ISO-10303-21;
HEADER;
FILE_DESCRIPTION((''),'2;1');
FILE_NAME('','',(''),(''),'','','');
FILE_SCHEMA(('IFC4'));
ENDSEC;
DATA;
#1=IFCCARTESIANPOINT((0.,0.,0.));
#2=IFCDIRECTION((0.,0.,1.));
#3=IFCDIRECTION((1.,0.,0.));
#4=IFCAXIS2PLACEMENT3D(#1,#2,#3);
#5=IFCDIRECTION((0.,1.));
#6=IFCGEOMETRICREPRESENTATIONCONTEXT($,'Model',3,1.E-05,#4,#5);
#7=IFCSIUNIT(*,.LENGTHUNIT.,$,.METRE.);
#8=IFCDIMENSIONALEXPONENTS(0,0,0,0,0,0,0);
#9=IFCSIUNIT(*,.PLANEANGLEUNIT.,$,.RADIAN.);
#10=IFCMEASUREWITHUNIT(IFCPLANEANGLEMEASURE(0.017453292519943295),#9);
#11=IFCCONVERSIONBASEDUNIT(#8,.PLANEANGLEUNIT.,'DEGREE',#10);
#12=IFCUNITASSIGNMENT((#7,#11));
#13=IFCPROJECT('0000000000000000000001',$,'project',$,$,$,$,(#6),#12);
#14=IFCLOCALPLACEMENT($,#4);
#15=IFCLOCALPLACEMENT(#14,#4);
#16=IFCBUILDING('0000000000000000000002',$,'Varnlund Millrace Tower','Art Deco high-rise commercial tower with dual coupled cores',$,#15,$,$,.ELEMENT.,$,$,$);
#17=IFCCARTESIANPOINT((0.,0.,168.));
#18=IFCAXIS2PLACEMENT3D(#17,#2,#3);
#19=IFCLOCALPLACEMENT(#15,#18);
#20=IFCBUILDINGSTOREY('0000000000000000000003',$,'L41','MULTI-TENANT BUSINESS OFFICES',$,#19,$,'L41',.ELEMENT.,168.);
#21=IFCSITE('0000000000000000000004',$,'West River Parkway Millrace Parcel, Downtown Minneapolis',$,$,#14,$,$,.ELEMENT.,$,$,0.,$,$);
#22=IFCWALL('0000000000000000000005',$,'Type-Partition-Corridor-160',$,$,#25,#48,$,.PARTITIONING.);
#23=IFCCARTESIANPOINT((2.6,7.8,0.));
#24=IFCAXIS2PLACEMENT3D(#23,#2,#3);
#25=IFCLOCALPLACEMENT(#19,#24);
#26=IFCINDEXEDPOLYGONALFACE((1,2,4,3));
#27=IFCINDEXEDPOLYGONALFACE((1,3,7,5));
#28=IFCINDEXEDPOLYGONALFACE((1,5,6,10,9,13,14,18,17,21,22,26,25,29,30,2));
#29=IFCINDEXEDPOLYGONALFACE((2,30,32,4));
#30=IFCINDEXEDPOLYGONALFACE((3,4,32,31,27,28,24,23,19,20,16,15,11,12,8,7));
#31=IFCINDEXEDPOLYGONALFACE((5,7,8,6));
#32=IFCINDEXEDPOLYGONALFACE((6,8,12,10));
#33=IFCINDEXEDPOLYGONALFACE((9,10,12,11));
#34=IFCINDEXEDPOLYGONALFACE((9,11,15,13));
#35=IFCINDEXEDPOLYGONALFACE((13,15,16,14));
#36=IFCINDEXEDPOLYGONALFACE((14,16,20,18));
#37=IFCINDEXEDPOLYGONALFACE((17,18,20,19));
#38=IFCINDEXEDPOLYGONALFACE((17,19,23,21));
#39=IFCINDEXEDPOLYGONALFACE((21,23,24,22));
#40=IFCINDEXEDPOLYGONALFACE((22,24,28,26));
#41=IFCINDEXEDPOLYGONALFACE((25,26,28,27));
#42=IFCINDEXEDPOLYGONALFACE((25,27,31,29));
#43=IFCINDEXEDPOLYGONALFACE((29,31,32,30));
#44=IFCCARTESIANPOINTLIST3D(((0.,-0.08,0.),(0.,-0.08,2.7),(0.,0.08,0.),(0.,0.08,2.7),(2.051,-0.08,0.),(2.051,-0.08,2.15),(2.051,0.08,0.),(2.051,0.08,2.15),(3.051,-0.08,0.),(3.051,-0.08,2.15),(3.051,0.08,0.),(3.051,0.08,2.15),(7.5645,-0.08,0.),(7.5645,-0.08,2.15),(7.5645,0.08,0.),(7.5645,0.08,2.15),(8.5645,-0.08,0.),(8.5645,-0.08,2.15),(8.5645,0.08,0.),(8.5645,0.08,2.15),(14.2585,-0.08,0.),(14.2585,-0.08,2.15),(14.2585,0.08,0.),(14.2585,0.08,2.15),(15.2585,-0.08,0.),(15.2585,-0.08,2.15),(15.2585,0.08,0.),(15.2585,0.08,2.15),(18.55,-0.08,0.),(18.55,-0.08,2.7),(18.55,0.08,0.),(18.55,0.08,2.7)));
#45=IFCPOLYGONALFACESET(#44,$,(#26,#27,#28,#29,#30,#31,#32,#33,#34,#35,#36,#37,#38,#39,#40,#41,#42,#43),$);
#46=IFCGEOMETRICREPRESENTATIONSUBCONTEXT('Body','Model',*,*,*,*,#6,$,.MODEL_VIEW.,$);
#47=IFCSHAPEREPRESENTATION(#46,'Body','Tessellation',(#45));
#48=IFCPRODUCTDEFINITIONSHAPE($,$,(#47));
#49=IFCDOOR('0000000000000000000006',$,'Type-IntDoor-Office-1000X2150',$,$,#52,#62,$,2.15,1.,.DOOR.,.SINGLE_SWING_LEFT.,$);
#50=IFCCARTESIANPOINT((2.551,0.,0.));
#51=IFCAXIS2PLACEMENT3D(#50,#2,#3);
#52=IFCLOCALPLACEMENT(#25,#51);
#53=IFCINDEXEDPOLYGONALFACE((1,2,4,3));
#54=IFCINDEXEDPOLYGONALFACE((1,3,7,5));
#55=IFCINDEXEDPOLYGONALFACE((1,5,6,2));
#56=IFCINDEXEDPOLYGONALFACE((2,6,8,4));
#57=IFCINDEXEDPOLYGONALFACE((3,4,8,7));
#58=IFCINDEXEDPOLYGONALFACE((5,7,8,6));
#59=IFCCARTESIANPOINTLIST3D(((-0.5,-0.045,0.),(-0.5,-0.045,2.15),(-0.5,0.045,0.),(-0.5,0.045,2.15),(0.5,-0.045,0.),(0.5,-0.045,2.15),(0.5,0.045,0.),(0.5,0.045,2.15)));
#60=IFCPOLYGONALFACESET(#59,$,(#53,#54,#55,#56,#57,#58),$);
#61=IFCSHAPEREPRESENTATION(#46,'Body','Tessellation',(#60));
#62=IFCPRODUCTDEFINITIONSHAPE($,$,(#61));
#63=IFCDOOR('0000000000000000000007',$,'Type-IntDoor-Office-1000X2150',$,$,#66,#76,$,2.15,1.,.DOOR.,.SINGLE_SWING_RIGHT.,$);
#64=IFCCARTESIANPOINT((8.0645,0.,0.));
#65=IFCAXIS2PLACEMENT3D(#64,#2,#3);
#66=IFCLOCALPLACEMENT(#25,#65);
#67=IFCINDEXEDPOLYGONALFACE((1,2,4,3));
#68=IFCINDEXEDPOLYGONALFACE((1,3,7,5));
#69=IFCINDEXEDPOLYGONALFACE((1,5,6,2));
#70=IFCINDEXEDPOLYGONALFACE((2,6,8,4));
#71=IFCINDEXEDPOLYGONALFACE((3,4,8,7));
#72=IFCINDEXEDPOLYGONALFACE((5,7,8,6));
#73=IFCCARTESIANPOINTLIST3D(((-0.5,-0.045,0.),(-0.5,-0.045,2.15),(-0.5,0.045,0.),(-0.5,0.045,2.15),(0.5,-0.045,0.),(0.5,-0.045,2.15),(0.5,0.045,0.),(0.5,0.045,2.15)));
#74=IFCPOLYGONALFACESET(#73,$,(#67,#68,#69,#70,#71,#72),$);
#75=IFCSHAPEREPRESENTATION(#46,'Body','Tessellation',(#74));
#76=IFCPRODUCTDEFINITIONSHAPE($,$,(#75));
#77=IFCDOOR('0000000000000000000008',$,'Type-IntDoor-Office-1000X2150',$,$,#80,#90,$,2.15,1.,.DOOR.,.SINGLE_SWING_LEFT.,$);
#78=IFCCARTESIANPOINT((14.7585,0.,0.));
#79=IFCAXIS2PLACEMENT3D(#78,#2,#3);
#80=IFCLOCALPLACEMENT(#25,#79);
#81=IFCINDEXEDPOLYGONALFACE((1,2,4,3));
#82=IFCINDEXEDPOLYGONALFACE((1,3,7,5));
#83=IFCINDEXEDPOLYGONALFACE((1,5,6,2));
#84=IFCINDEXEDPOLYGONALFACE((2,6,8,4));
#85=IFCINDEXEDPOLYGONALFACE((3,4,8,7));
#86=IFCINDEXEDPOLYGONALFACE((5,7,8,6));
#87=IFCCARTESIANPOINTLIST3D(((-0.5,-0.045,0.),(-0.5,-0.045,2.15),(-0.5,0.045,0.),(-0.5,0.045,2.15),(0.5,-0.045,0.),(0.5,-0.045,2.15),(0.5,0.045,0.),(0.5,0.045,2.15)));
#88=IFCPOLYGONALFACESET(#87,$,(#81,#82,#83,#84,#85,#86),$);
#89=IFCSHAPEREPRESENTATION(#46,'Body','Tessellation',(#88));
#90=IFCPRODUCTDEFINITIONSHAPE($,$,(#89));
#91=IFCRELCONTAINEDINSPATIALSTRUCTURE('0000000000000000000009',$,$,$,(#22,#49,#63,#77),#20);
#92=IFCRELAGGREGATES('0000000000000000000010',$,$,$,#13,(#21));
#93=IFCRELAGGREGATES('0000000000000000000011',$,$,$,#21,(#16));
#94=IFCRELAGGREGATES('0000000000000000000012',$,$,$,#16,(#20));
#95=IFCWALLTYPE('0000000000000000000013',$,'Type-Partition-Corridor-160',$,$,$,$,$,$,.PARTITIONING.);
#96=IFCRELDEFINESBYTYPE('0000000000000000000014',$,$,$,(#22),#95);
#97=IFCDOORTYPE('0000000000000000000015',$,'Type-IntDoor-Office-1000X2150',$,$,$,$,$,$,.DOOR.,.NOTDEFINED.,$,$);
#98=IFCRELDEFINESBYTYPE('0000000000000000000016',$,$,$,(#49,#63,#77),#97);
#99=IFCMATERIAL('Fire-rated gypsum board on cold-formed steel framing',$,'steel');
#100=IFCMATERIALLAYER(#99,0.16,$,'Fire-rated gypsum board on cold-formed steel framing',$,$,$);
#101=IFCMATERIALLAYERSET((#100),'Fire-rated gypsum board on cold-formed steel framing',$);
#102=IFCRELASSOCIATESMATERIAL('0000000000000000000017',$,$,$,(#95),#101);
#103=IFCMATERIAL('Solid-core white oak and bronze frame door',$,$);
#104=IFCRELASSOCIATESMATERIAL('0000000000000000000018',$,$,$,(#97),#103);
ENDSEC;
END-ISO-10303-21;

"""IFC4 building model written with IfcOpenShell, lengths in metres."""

from ifc_helpers import new_model, entity, si_unit, converted_unit, direction, frame, origin_with_axes, origin_2d_with_axis, place, context, subcontext, project, spatial, polyline, rectangle, outline, extrude, material, layer, layer_set, type_object, element, fill, save


model = new_model("IFC4")

# Units and contexts
model_context = context("Model", 3, precision=1e-05, world=origin_with_axes(), true_north=direction((0.0, 1.0)))
body_context = subcontext(model_context, "Body", "Model", "MODEL_VIEW")
ifc_project = project(units=[si_unit("LENGTHUNIT", "METRE"), converted_unit("PLANEANGLEUNIT", "DEGREE", entity("IfcPlaneAngleMeasure", 0.017453292519943295), si_unit("PLANEANGLEUNIT", "RADIAN"), dimensions=[0, 0, 0, 0, 0, 0, 0])], contexts=[model_context])

# Site, building, storey
site_placement = place(None, origin_with_axes())
site = spatial("IfcSite", under=ifc_project, at=site_placement, Name="West River Parkway Millrace Parcel, Downtown Minneapolis", CompositionType="ELEMENT", RefElevation=0.0)
building_placement = place(site_placement, origin_with_axes())
building = spatial("IfcBuilding", under=site, at=building_placement, Name="Varnlund Millrace Tower", Description="Art Deco high-rise commercial tower with dual coupled cores", CompositionType="ELEMENT")
storey_placement = place(building_placement, frame((0.0, 0.0, 168.0), z_axis=(0.0, 0.0, 1.0), x_axis=(1.0, 0.0, 0.0)))
storey = spatial("IfcBuildingStorey", under=building, at=storey_placement, Name="L41", Description="MULTI-TENANT BUSINESS OFFICES", LongName="L41", CompositionType="ELEMENT", Elevation=168.0)

# Wall, openings, doors
ifc_material_1 = material(Name="Fire-rated gypsum board on cold-formed steel framing", Category="steel")
ifc_layer_1 = layer(ifc_material_1, 0.16, Name="Fire-rated gypsum board on cold-formed steel framing")
ifc_layer_set_1 = layer_set([ifc_layer_1], Name="Fire-rated gypsum board on cold-formed steel framing")
wall_type_1 = type_object("IfcWallType", Name="Type-Partition-Corridor-160", PredefinedType="PARTITIONING", material=ifc_layer_set_1)
wall_1_placement = place(storey_placement, frame((2.6, 7.8, 0.0), z_axis=(0.0, 0.0, 1.0), x_axis=(1.0, 0.0, 0.0)))
wall_1 = element("IfcWall", 1, at=wall_1_placement, inside=storey, type_object=wall_type_1, Name="Type-Partition-Corridor-160", PredefinedType="PARTITIONING", context=body_context, shape_type="SweptSolid", body=[
    extrude(outline(polyline([(0.0, -0.08), (18.55, -0.08), (18.55, 0.08), (0.0, 0.08), (0.0, -0.08)])), origin_with_axes(), (0.0, 0.0, 1.0), 2.7),
])
opening_1_placement = place(wall_1_placement, frame((2.551, 0.0, 0.0), z_axis=(0.0, 0.0, 1.0), x_axis=(1.0, 0.0, 0.0)))
opening_1 = element("IfcOpeningElement", 2, at=opening_1_placement, cuts=wall_1, PredefinedType="OPENING", context=body_context, shape_type="SweptSolid", body=[
    extrude(rectangle(XDim=1.0, YDim=0.18, at=origin_2d_with_axis()), origin_with_axes(), (0.0, 0.0, 1.0), 2.15),
])
opening_2_placement = place(wall_1_placement, frame((8.0645, 0.0, 0.0), z_axis=(0.0, 0.0, 1.0), x_axis=(1.0, 0.0, 0.0)))
opening_2 = element("IfcOpeningElement", 3, at=opening_2_placement, cuts=wall_1, PredefinedType="OPENING", context=body_context, shape_type="SweptSolid", body=[
    extrude(rectangle(XDim=1.0, YDim=0.18, at=origin_2d_with_axis()), origin_with_axes(), (0.0, 0.0, 1.0), 2.15),
])
opening_3_placement = place(wall_1_placement, frame((14.7585, 0.0, 0.0), z_axis=(0.0, 0.0, 1.0), x_axis=(1.0, 0.0, 0.0)))
opening_3 = element("IfcOpeningElement", 4, at=opening_3_placement, cuts=wall_1, PredefinedType="OPENING", context=body_context, shape_type="SweptSolid", body=[
    extrude(rectangle(XDim=1.0, YDim=0.18, at=origin_2d_with_axis()), origin_with_axes(), (0.0, 0.0, 1.0), 2.15),
])
ifc_material_2 = material(Name="Solid-core white oak and bronze frame door")
door_type_1 = type_object("IfcDoorType", Name="Type-IntDoor-Office-1000X2150", OperationType="NOTDEFINED", PredefinedType="DOOR", material=ifc_material_2)
door_1_placement = place(wall_1_placement, frame((2.551, 0.0, 0.0), z_axis=(0.0, 0.0, 1.0), x_axis=(1.0, 0.0, 0.0)))
door_1 = element("IfcDoor", 5, at=door_1_placement, inside=storey, type_object=door_type_1, Name="Type-IntDoor-Office-1000X2150", OperationType="SINGLE_SWING_LEFT", OverallHeight=2.15, OverallWidth=1.0, PredefinedType="DOOR", context=body_context, shape_type="SweptSolid", body=[
    extrude(rectangle(XDim=1.0, YDim=0.09, at=origin_2d_with_axis()), origin_with_axes(), (0.0, 0.0, 1.0), 2.15),
])
fill(opening_1, door_1)
door_2_placement = place(wall_1_placement, frame((8.0645, 0.0, 0.0), z_axis=(0.0, 0.0, 1.0), x_axis=(1.0, 0.0, 0.0)))
door_2 = element("IfcDoor", 6, at=door_2_placement, inside=storey, type_object=door_type_1, Name="Type-IntDoor-Office-1000X2150", OperationType="SINGLE_SWING_RIGHT", OverallHeight=2.15, OverallWidth=1.0, PredefinedType="DOOR", context=body_context, shape_type="SweptSolid", body=[
    extrude(rectangle(XDim=1.0, YDim=0.09, at=origin_2d_with_axis()), origin_with_axes(), (0.0, 0.0, 1.0), 2.15),
])
fill(opening_2, door_2)
door_3_placement = place(wall_1_placement, frame((14.7585, 0.0, 0.0), z_axis=(0.0, 0.0, 1.0), x_axis=(1.0, 0.0, 0.0)))
door_3 = element("IfcDoor", 7, at=door_3_placement, inside=storey, type_object=door_type_1, Name="Type-IntDoor-Office-1000X2150", OperationType="SINGLE_SWING_LEFT", OverallHeight=2.15, OverallWidth=1.0, PredefinedType="DOOR", context=body_context, shape_type="SweptSolid", body=[
    extrude(rectangle(XDim=1.0, YDim=0.09, at=origin_2d_with_axis()), origin_with_axes(), (0.0, 0.0, 1.0), 2.15),
])
fill(opening_3, door_3)

save(model, "model.ifc")
